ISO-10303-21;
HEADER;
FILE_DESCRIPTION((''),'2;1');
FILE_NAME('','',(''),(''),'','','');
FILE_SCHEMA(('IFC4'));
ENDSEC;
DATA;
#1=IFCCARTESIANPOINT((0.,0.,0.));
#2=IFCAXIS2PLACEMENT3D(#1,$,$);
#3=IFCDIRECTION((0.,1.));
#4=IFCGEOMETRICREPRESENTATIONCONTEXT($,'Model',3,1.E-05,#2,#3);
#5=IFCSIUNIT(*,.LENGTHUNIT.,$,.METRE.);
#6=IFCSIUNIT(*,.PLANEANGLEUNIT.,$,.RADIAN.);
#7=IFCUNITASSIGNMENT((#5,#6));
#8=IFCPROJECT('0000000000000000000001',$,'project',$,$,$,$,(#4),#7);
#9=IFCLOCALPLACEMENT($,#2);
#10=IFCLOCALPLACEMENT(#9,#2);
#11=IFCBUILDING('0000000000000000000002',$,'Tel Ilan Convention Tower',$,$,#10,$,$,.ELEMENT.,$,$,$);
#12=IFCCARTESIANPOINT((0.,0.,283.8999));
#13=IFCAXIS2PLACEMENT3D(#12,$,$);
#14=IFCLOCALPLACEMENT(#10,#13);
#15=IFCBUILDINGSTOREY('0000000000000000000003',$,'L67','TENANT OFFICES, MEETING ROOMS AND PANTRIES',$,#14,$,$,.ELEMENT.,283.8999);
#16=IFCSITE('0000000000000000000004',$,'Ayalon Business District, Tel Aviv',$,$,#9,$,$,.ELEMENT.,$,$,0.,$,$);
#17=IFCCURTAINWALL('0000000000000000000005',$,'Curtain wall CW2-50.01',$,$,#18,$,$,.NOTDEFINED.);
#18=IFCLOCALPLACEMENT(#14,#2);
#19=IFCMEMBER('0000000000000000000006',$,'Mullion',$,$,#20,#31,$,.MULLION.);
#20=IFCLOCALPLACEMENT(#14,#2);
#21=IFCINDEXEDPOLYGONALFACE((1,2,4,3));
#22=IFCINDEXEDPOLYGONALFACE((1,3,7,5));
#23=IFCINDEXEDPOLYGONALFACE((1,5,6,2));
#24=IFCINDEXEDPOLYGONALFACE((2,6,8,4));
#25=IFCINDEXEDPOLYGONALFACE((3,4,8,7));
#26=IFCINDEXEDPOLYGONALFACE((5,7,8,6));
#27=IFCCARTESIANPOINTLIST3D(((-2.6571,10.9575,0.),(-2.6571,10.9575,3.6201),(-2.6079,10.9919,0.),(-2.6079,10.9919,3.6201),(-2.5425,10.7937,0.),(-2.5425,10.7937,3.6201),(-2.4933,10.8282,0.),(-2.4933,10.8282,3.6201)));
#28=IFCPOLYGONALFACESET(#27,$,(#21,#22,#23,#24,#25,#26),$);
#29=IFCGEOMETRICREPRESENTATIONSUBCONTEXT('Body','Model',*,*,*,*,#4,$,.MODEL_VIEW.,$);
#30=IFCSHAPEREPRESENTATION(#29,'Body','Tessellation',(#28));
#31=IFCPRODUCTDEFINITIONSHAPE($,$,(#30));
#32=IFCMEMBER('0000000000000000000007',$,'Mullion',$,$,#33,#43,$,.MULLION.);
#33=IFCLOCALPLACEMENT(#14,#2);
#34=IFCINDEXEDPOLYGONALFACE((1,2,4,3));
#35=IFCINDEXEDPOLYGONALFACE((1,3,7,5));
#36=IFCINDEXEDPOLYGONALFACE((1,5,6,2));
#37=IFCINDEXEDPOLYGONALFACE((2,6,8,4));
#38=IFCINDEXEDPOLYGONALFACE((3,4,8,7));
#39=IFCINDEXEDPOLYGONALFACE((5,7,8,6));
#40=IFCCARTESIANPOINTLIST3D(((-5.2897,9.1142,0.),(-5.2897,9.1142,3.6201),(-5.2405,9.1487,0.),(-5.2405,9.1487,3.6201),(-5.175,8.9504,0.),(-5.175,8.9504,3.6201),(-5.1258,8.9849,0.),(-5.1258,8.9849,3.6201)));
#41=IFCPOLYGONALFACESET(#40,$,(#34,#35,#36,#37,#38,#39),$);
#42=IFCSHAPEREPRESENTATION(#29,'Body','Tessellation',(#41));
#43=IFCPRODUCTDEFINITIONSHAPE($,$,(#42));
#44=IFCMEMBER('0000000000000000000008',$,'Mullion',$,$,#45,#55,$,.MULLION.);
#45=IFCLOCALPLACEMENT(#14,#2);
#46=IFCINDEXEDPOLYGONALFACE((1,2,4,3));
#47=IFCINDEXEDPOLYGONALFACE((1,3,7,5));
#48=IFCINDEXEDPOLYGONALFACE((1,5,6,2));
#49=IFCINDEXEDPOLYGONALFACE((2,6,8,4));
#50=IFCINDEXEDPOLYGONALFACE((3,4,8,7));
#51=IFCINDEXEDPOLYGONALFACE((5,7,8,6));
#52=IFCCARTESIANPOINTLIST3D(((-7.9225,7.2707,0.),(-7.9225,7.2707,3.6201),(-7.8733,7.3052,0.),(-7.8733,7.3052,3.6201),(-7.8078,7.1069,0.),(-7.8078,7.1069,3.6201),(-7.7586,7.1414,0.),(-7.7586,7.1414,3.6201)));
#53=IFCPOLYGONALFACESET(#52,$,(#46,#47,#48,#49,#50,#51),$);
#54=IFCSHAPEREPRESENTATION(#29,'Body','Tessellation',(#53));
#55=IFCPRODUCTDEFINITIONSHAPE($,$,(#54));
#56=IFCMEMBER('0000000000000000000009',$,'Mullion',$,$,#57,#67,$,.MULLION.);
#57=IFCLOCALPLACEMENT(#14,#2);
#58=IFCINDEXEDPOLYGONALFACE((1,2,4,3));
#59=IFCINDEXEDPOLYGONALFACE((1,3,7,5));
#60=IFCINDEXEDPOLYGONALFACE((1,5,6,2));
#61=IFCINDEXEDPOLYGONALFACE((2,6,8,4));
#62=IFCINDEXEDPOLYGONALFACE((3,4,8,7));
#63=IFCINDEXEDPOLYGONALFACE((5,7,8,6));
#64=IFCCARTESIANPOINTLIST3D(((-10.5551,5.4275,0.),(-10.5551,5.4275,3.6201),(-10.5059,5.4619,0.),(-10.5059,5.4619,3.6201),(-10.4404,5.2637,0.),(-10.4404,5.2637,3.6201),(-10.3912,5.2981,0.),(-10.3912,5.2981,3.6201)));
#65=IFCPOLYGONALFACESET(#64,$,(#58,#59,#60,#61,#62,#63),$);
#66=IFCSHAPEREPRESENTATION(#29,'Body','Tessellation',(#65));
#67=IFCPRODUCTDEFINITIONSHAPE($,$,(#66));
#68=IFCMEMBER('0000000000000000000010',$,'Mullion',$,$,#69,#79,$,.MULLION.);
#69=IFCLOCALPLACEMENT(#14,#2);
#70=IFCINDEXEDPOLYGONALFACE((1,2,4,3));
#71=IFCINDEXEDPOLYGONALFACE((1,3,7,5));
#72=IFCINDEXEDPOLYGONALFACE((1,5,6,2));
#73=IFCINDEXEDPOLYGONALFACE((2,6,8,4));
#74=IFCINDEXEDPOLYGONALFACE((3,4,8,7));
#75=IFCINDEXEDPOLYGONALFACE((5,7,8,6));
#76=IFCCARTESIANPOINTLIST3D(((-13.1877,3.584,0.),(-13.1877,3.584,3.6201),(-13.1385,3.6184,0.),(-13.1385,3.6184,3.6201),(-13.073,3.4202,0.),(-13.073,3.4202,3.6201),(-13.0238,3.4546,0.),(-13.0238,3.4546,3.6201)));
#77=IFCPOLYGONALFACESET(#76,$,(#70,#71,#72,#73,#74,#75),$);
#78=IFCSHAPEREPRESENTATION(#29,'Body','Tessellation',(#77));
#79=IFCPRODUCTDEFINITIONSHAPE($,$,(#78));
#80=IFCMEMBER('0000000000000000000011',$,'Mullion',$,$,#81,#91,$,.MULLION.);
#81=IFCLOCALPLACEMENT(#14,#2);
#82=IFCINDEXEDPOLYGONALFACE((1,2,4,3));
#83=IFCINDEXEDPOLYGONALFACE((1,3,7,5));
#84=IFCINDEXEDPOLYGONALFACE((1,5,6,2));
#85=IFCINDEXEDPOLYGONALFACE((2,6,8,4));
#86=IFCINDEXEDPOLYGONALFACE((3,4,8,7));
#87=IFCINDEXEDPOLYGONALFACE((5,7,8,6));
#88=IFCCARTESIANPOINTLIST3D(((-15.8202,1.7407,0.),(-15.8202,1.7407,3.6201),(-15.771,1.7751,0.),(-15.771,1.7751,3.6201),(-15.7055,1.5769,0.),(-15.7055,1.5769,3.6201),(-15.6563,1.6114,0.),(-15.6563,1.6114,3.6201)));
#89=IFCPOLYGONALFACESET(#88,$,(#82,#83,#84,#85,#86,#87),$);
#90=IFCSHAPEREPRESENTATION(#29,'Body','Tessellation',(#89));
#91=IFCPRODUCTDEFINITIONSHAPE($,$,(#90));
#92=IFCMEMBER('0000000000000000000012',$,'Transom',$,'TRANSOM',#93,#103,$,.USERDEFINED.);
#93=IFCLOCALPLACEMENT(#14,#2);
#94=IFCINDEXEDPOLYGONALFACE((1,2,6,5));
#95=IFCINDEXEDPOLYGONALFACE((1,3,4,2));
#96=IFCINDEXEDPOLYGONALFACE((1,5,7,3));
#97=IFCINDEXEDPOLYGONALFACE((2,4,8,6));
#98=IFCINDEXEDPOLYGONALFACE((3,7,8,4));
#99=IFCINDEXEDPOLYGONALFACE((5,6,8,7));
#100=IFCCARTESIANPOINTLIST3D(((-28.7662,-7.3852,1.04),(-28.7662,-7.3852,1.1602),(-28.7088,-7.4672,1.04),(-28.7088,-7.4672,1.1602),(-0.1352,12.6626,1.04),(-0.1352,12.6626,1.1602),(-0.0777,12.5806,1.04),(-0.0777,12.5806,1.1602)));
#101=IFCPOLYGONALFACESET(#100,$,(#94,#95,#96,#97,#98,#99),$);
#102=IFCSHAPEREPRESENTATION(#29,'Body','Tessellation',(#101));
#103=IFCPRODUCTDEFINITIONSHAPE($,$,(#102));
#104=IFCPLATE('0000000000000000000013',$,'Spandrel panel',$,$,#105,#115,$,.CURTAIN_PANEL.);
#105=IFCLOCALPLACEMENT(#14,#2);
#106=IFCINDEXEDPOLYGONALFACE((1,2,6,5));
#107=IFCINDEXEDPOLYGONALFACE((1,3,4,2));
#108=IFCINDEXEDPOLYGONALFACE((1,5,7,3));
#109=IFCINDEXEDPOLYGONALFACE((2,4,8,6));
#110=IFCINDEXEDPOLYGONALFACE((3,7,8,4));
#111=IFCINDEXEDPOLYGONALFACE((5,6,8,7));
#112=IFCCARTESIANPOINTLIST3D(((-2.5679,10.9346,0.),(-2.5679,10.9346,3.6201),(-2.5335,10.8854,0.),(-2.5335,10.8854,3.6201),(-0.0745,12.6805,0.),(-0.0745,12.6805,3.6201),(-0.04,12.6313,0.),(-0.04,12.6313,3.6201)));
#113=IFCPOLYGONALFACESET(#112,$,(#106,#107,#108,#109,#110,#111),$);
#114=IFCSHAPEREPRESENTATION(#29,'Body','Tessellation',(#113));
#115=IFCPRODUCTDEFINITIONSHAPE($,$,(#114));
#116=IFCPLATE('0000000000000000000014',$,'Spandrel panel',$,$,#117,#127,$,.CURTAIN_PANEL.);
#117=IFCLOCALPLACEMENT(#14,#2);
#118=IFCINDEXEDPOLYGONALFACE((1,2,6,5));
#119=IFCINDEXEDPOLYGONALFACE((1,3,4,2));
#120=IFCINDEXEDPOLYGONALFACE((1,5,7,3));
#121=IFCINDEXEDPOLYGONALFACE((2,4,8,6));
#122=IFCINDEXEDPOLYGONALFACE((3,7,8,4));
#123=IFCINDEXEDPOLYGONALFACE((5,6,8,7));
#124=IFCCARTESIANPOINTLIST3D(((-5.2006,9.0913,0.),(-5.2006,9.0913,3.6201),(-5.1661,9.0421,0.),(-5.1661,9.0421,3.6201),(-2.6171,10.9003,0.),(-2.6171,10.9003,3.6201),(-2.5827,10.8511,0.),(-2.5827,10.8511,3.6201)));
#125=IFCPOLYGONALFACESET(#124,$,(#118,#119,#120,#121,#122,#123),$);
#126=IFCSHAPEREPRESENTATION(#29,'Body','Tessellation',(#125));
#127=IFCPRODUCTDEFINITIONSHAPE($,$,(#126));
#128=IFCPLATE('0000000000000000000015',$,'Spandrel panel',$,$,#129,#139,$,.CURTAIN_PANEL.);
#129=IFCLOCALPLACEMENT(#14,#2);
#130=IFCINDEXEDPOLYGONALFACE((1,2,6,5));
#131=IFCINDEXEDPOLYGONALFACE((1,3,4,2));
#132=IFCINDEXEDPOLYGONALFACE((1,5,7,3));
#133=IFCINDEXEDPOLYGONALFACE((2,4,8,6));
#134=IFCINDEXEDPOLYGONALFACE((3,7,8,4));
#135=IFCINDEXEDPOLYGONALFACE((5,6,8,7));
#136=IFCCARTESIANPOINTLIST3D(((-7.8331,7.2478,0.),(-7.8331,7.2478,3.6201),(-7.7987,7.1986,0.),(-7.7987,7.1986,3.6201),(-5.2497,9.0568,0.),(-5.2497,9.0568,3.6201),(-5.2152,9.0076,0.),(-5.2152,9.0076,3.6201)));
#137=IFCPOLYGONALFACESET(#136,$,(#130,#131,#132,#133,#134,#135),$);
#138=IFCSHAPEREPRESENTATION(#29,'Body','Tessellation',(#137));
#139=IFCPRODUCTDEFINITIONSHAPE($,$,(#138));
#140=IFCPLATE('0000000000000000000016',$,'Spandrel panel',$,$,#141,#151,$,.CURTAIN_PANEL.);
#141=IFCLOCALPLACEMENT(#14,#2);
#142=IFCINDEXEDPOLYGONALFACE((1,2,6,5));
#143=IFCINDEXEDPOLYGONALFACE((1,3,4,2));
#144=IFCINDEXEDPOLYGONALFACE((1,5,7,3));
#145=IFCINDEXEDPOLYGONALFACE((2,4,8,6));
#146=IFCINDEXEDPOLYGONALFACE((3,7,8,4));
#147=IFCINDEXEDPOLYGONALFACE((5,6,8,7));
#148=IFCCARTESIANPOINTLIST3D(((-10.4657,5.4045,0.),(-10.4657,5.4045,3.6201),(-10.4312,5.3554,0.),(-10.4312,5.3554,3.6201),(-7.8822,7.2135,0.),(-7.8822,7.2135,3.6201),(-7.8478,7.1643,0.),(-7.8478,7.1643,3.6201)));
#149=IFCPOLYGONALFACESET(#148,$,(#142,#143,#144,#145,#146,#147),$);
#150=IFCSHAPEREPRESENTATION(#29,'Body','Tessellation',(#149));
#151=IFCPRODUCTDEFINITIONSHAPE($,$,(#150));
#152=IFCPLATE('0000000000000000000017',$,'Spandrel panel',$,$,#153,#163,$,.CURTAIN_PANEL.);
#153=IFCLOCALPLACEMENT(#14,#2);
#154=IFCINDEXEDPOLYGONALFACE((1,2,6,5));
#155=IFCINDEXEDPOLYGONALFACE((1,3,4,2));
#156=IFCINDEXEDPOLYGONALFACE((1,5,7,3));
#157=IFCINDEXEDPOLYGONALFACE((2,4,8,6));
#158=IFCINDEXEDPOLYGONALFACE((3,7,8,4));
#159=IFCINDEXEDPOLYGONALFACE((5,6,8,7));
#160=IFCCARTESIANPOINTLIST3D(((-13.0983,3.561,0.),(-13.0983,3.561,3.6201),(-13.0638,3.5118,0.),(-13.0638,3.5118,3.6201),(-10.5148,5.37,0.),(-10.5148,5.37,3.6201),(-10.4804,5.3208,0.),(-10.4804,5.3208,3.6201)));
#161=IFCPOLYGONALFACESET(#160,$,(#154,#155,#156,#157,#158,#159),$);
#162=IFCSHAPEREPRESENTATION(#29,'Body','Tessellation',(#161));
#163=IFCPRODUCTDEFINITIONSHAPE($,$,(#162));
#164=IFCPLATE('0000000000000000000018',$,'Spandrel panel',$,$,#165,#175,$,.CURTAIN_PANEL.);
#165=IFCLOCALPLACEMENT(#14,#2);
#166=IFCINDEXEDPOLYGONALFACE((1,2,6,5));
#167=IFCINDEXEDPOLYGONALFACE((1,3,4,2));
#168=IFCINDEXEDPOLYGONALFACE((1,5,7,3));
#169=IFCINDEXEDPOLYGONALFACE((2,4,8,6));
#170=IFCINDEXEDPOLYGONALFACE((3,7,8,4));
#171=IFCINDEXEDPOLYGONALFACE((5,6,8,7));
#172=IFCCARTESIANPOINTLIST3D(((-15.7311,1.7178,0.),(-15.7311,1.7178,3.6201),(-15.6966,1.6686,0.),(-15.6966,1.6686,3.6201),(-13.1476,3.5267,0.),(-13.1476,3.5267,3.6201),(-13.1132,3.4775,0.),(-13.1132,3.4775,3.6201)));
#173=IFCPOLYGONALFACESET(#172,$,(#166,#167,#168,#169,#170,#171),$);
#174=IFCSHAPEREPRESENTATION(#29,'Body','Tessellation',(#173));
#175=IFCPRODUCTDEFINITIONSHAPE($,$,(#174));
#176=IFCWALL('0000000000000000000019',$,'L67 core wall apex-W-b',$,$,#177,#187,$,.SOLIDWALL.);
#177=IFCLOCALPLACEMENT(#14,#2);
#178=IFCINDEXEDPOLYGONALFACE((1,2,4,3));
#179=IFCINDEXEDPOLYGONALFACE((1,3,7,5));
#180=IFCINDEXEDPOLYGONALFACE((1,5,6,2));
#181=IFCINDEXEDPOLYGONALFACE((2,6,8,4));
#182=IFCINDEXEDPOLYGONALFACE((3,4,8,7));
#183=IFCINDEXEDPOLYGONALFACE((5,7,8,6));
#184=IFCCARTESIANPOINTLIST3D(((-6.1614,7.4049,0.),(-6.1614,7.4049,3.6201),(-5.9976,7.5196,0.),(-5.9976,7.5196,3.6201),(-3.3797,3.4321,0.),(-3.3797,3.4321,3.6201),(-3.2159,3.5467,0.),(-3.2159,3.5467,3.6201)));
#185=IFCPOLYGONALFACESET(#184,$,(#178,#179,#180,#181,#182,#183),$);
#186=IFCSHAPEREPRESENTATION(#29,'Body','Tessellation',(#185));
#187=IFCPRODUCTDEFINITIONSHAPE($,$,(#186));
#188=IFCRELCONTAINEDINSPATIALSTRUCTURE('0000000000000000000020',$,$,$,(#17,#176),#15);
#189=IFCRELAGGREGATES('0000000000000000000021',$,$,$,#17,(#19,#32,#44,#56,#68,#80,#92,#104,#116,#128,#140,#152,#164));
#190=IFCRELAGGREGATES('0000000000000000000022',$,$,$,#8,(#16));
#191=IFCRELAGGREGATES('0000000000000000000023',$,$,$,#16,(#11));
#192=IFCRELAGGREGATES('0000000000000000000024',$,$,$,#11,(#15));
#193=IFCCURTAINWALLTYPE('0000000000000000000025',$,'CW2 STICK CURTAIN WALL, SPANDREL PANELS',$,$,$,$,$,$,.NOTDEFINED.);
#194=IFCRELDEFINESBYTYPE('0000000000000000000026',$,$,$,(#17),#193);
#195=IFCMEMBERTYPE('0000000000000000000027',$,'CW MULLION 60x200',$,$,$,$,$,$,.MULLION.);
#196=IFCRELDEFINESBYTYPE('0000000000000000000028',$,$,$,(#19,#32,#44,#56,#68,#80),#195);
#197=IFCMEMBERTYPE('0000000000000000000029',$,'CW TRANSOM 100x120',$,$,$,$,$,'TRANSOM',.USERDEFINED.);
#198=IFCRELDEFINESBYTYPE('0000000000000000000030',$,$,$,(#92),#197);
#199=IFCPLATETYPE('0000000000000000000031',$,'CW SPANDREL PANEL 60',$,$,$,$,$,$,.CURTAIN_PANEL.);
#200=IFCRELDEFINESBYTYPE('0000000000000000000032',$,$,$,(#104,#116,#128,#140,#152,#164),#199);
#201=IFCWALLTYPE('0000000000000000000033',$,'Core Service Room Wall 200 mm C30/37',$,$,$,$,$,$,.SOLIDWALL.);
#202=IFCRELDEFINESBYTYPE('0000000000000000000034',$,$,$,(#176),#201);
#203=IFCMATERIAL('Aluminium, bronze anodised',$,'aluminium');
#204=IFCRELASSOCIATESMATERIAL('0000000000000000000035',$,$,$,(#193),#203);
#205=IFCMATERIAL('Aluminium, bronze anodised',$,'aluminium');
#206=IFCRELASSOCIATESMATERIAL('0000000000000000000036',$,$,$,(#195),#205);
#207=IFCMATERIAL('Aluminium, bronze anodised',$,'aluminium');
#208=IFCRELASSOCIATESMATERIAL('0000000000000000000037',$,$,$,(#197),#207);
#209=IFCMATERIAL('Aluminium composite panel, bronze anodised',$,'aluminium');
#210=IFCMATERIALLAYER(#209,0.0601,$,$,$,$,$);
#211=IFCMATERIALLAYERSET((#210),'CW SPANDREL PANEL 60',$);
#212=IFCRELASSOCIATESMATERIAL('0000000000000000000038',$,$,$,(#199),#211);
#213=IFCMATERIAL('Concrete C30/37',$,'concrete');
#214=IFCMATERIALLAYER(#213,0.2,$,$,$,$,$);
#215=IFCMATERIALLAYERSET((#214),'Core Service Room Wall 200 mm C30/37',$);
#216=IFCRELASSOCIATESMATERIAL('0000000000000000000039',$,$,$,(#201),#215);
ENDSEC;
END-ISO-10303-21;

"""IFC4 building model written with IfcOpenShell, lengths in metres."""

from ifc_helpers import new_model, si_unit, direction, frame, frame_2d, origin, origin_2d, place, context, subcontext, project, spatial, rectangle, extrude, material, layer, layer_set, material_profile, profile_set, type_object, element, aggregate, save


model = new_model("IFC4")

# Units and contexts
model_context = context("Model", 3, precision=1e-05, world=origin(), true_north=direction((0.0, 1.0)))
body_context = subcontext(model_context, "Body", "Model", "MODEL_VIEW")
ifc_project = project(units=[si_unit("LENGTHUNIT", "METRE"), si_unit("PLANEANGLEUNIT", "RADIAN")], contexts=[model_context])

# Site, building, storey
site_placement = place(None, origin())
site = spatial("IfcSite", under=ifc_project, at=site_placement, Name="Ayalon Business District, Tel Aviv", CompositionType="ELEMENT", RefElevation=0.0)
building_placement = place(site_placement, origin())
building = spatial("IfcBuilding", under=site, at=building_placement, Name="Tel Ilan Convention Tower", CompositionType="ELEMENT")
storey_placement = place(building_placement, frame((0.0, 0.0, 283.8999)))
storey = spatial("IfcBuildingStorey", under=building, at=storey_placement, Name="L67", Description="TENANT OFFICES, MEETING ROOMS AND PANTRIES", CompositionType="ELEMENT", Elevation=283.8999)

# Curtain wall, members, plates
ifc_material_1 = material(Name="Aluminium, bronze anodised", Category="aluminium")
curtain_wall_type = type_object("IfcCurtainWallType", Name="CW2 STICK CURTAIN WALL, SPANDREL PANELS", PredefinedType="NOTDEFINED", material=ifc_material_1)
curtain_wall_placement = place(storey_placement, origin())
curtain_wall = element("IfcCurtainWall", 1, at=curtain_wall_placement, inside=storey, type_object=curtain_wall_type, Name="Curtain wall CW2-50.01", PredefinedType="NOTDEFINED")
ifc_material_2 = material(Name="Aluminium, bronze anodised", Category="aluminium")
ifc_material_profile_1 = material_profile(ifc_material_2, rectangle(XDim=0.0601, YDim=0.2, at=origin_2d()), Name="CW MULLION 60x200")
ifc_profile_set_1 = profile_set([ifc_material_profile_1], Name="Aluminium, bronze anodised")
member_type_1 = type_object("IfcMemberType", Name="CW MULLION 60x200", PredefinedType="MULLION", material=ifc_profile_set_1)
member_1_placement = place(storey_placement, frame((-2.5752, 10.8928, 0.0), z_axis=(0.0, 0.0, 1.0), x_axis=(-0.819152, -0.573576, 0.0)))
member_1 = element("IfcMember", 2, at=member_1_placement, type_object=member_type_1, Name="Mullion", PredefinedType="MULLION", context=body_context, shape_type="SweptSolid", body=[
    extrude(rectangle(XDim=0.0601, YDim=0.2, at=origin_2d()), origin(), (0.0, 0.0, 1.0), 3.6201),
])
member_2_placement = place(storey_placement, frame((-5.2078, 9.0496, 0.0), z_axis=(0.0, 0.0, 1.0), x_axis=(-0.819152, -0.573576, 0.0)))
member_2 = element("IfcMember", 3, at=member_2_placement, type_object=member_type_1, Name="Mullion", PredefinedType="MULLION", context=body_context, shape_type="SweptSolid", body=[
    extrude(rectangle(XDim=0.0601, YDim=0.2, at=origin_2d()), origin(), (0.0, 0.0, 1.0), 3.6201),
])
member_3_placement = place(storey_placement, frame((-7.8406, 7.2061, 0.0), z_axis=(0.0, 0.0, 1.0), x_axis=(-0.819152, -0.573576, 0.0)))
member_3 = element("IfcMember", 4, at=member_3_placement, type_object=member_type_1, Name="Mullion", PredefinedType="MULLION", context=body_context, shape_type="SweptSolid", body=[
    extrude(rectangle(XDim=0.0601, YDim=0.2, at=origin_2d()), origin(), (0.0, 0.0, 1.0), 3.6201),
])
member_4_placement = place(storey_placement, frame((-10.4731, 5.3628, 0.0), z_axis=(0.0, 0.0, 1.0), x_axis=(-0.819152, -0.573576, 0.0)))
member_4 = element("IfcMember", 5, at=member_4_placement, type_object=member_type_1, Name="Mullion", PredefinedType="MULLION", context=body_context, shape_type="SweptSolid", body=[
    extrude(rectangle(XDim=0.0601, YDim=0.2, at=origin_2d()), origin(), (0.0, 0.0, 1.0), 3.6201),
])
member_5_placement = place(storey_placement, frame((-13.1057, 3.5193, 0.0), z_axis=(0.0, 0.0, 1.0), x_axis=(-0.819152, -0.573576, 0.0)))
member_5 = element("IfcMember", 6, at=member_5_placement, type_object=member_type_1, Name="Mullion", PredefinedType="MULLION", context=body_context, shape_type="SweptSolid", body=[
    extrude(rectangle(XDim=0.0601, YDim=0.2, at=origin_2d()), origin(), (0.0, 0.0, 1.0), 3.6201),
])
member_6_placement = place(storey_placement, frame((-15.7383, 1.676, 0.0), z_axis=(0.0, 0.0, 1.0), x_axis=(-0.819152, -0.573576, 0.0)))
member_6 = element("IfcMember", 7, at=member_6_placement, type_object=member_type_1, Name="Mullion", PredefinedType="MULLION", context=body_context, shape_type="SweptSolid", body=[
    extrude(rectangle(XDim=0.0601, YDim=0.2, at=origin_2d()), origin(), (0.0, 0.0, 1.0), 3.6201),
])
ifc_material_3 = material(Name="Aluminium, bronze anodised", Category="aluminium")
ifc_material_profile_2 = material_profile(ifc_material_3, rectangle(XDim=0.1001, YDim=0.1201, at=origin_2d()), Name="CW TRANSOM 100x120")
ifc_profile_set_2 = profile_set([ifc_material_profile_2], Name="Aluminium, bronze anodised")
member_type_2 = type_object("IfcMemberType", Name="CW TRANSOM 100x120", ElementType="TRANSOM", PredefinedType="USERDEFINED", material=ifc_profile_set_2)
member_7_placement = place(storey_placement, frame((-0.1064, 12.6216, 1.1001), z_axis=(-0.81915, -0.573579, 0.0), x_axis=(0.573579, -0.81915, 0.0)))
member_7 = element("IfcMember", 8, at=member_7_placement, type_object=member_type_2, Name="Transom", ObjectType="TRANSOM", PredefinedType="USERDEFINED", context=body_context, shape_type="SweptSolid", body=[
    extrude(rectangle(XDim=0.1001, YDim=0.1201, at=origin_2d()), origin(), (0.0, 0.0, 1.0), 34.9521),
])
ifc_material_4 = material(Name="Aluminium composite panel, bronze anodised", Category="aluminium")
ifc_layer_1 = layer(ifc_material_4, 0.0601)
ifc_layer_set_1 = layer_set([ifc_layer_1], Name="CW SPANDREL PANEL 60")
plate_type = type_object("IfcPlateType", Name="CW SPANDREL PANEL 60", PredefinedType="CURTAIN_PANEL", material=ifc_layer_set_1)
plate_1_placement = place(storey_placement, frame((-1.304, 11.783, 0.0), z_axis=(0.0, 0.0, 1.0), x_axis=(-0.819152, -0.573576, 0.0)))
plate_1 = element("IfcPlate", 9, at=plate_1_placement, type_object=plate_type, Name="Spandrel panel", PredefinedType="CURTAIN_PANEL", context=body_context, shape_type="SweptSolid", body=[
    extrude(rectangle(XDim=3.0439, YDim=0.0601, at=origin_2d()), origin(), (0.0, 0.0, 1.0), 3.6201),
])
plate_2_placement = place(storey_placement, frame((-3.8916, 9.9712, 0.0), z_axis=(0.0, 0.0, 1.0), x_axis=(-0.819152, -0.573576, 0.0)))
plate_2 = element("IfcPlate", 10, at=plate_2_placement, type_object=plate_type, Name="Spandrel panel", PredefinedType="CURTAIN_PANEL", context=body_context, shape_type="SweptSolid", body=[
    extrude(rectangle(XDim=3.1538, YDim=0.0601, at=origin_2d()), origin(), (0.0, 0.0, 1.0), 3.6201),
])
plate_3_placement = place(storey_placement, frame((-6.5242, 8.1277, 0.0), z_axis=(0.0, 0.0, 1.0), x_axis=(-0.819152, -0.573576, 0.0)))
plate_3 = element("IfcPlate", 11, at=plate_3_placement, type_object=plate_type, Name="Spandrel panel", PredefinedType="CURTAIN_PANEL", context=body_context, shape_type="SweptSolid", body=[
    extrude(rectangle(XDim=3.1538, YDim=0.0601, at=origin_2d()), origin(), (0.0, 0.0, 1.0), 3.6201),
])
plate_4_placement = place(storey_placement, frame((-9.1567, 6.2844, 0.0), z_axis=(0.0, 0.0, 1.0), x_axis=(-0.819152, -0.573576, 0.0)))
plate_4 = element("IfcPlate", 12, at=plate_4_placement, type_object=plate_type, Name="Spandrel panel", PredefinedType="CURTAIN_PANEL", context=body_context, shape_type="SweptSolid", body=[
    extrude(rectangle(XDim=3.1538, YDim=0.0601, at=origin_2d()), origin(), (0.0, 0.0, 1.0), 3.6201),
])
plate_5_placement = place(storey_placement, frame((-11.7893, 4.4409, 0.0), z_axis=(0.0, 0.0, 1.0), x_axis=(-0.819152, -0.573576, 0.0)))
plate_5 = element("IfcPlate", 13, at=plate_5_placement, type_object=plate_type, Name="Spandrel panel", PredefinedType="CURTAIN_PANEL", context=body_context, shape_type="SweptSolid", body=[
    extrude(rectangle(XDim=3.1538, YDim=0.0601, at=origin_2d()), origin(), (0.0, 0.0, 1.0), 3.6201),
])
plate_6_placement = place(storey_placement, frame((-14.4221, 2.5977, 0.0), z_axis=(0.0, 0.0, 1.0), x_axis=(-0.819152, -0.573576, 0.0)))
plate_6 = element("IfcPlate", 14, at=plate_6_placement, type_object=plate_type, Name="Spandrel panel", PredefinedType="CURTAIN_PANEL", context=body_context, shape_type="SweptSolid", body=[
    extrude(rectangle(XDim=3.1538, YDim=0.0601, at=origin_2d()), origin(), (0.0, 0.0, 1.0), 3.6201),
])
aggregate(curtain_wall, [member_1, member_2, member_3, member_4, member_5, member_6, member_7, plate_1, plate_2, plate_3, plate_4, plate_5, plate_6])

# Wall
ifc_material_5 = material(Name="Concrete C30/37", Category="concrete")
ifc_layer_2 = layer(ifc_material_5, 0.2)
ifc_layer_set_2 = layer_set([ifc_layer_2], Name="Core Service Room Wall 200 mm C30/37")
wall_type_1 = type_object("IfcWallType", Name="Core Service Room Wall 200 mm C30/37", PredefinedType="SOLIDWALL", material=ifc_layer_set_2)
wall_1_placement = place(storey_placement, frame((-3.2979, 3.4895, 0.0), z_axis=(0.0, 0.0, 1.0), x_axis=(-0.57356, 0.819163, 0.0)))
element("IfcWall", 15, at=wall_1_placement, inside=storey, type_object=wall_type_1, Name="L67 core wall apex-W-b", PredefinedType="SOLIDWALL", context=body_context, shape_type="SweptSolid", body=[
    extrude(rectangle(XDim=4.8499, YDim=0.2, at=frame_2d((2.4248, 0.0))), origin(), (0.0, 0.0, 1.0), 3.6201),
])

save(model, "model.ifc")
